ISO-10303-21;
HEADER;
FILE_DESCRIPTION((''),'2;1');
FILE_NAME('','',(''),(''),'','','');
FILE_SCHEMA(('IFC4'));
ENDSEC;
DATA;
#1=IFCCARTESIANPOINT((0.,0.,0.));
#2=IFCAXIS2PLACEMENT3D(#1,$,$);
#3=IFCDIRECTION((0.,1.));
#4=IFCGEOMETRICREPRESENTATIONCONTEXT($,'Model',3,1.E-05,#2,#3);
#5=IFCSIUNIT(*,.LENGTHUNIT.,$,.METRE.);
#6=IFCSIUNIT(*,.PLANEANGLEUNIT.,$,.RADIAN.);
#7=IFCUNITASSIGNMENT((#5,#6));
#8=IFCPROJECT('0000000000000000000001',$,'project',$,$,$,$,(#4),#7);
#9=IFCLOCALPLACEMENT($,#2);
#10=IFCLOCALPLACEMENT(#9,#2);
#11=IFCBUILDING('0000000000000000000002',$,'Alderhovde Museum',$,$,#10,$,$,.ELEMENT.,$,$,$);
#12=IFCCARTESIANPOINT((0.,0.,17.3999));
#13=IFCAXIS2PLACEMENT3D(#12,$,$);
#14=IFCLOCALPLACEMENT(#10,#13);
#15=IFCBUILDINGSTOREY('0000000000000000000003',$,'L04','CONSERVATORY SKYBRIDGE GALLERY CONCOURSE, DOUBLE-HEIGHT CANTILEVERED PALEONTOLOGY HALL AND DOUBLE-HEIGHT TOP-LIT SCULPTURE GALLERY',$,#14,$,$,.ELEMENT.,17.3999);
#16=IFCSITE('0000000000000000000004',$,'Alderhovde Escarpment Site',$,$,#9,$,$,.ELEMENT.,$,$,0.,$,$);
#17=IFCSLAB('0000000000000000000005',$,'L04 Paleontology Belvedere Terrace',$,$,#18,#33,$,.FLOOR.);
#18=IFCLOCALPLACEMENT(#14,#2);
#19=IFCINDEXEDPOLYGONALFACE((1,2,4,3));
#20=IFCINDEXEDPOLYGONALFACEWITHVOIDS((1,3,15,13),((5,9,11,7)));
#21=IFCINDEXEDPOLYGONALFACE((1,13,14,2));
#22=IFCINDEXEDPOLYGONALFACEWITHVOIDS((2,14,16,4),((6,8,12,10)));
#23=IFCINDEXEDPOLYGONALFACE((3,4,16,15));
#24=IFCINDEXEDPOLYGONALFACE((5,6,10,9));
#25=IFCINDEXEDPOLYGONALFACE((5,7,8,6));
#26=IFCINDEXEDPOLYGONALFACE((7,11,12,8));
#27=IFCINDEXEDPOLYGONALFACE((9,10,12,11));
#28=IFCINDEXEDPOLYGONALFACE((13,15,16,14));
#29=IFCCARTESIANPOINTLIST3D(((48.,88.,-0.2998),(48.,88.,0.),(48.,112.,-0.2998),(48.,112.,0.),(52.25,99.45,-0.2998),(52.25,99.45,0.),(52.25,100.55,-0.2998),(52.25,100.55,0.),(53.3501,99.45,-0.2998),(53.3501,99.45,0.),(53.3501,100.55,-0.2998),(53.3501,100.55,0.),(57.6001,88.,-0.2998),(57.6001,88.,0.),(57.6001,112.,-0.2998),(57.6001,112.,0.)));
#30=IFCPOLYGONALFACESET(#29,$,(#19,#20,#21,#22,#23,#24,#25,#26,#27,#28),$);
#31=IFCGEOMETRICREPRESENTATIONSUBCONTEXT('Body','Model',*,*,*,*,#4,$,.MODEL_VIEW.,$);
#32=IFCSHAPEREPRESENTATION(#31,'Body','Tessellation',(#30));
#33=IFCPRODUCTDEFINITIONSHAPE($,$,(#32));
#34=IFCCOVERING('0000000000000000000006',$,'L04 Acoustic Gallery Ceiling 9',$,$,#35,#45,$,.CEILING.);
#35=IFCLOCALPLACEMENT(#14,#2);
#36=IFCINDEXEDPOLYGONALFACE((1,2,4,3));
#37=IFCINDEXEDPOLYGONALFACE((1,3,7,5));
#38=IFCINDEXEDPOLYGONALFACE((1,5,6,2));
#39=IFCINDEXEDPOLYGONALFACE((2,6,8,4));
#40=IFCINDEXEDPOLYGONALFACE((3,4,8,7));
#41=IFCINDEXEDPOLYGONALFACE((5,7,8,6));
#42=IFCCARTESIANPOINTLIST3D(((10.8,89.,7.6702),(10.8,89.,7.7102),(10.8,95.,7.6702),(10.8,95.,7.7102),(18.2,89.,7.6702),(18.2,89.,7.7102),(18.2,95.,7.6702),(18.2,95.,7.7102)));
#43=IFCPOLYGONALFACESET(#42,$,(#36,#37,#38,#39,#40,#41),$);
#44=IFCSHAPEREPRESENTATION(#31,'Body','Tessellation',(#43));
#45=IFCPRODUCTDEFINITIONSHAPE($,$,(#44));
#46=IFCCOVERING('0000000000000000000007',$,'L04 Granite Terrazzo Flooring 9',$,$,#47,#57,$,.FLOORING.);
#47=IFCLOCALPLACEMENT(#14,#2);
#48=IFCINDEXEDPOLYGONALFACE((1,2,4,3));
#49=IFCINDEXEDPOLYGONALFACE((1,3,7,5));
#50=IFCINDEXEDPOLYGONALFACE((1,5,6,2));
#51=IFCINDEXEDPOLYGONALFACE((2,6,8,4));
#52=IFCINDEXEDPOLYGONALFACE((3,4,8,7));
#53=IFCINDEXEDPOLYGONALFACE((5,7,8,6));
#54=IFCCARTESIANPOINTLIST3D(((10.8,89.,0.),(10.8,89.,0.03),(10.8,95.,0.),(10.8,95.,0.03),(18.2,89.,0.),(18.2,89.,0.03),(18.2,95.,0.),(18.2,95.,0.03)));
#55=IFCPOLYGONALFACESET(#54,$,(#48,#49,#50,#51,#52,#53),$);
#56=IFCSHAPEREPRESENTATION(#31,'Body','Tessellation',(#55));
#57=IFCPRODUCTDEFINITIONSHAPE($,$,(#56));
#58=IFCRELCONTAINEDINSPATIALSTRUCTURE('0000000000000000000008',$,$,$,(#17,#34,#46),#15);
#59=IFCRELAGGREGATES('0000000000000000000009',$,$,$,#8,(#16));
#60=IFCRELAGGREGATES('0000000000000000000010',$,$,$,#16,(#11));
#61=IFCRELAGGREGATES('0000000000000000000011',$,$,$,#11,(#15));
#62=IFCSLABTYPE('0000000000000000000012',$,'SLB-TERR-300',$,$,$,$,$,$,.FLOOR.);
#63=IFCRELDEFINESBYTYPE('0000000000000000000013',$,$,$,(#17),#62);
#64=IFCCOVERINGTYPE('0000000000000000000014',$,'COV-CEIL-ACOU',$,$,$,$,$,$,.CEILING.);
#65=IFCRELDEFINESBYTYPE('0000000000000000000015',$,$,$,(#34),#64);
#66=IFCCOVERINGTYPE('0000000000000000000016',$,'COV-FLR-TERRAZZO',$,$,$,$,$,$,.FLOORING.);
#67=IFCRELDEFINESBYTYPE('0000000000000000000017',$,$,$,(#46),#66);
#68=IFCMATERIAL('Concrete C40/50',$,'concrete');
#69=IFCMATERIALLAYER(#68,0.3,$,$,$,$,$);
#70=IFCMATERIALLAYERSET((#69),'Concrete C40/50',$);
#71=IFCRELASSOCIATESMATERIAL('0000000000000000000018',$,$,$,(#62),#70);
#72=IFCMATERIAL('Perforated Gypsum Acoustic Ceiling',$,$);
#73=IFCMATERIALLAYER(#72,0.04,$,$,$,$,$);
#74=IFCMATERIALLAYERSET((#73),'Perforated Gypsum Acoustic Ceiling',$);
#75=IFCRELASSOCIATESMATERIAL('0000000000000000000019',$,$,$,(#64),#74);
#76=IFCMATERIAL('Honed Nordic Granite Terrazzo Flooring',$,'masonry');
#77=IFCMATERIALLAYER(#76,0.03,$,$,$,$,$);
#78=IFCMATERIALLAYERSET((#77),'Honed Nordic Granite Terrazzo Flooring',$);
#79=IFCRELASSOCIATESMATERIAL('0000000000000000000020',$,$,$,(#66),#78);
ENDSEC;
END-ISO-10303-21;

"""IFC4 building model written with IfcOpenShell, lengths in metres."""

from ifc_helpers import new_model, si_unit, direction, frame, origin, place, context, subcontext, project, spatial, polyline, outline, extrude, material, layer, layer_set, type_object, element, save


model = new_model("IFC4")

# Units and contexts
model_context = context("Model", 3, precision=1e-05, world=origin(), true_north=direction((0.0, 1.0)))
body_context = subcontext(model_context, "Body", "Model", "MODEL_VIEW")
ifc_project = project(units=[si_unit("LENGTHUNIT", "METRE"), si_unit("PLANEANGLEUNIT", "RADIAN")], contexts=[model_context])

# Site, building, storey
site_placement = place(None, origin())
site = spatial("IfcSite", under=ifc_project, at=site_placement, Name="Alderhovde Escarpment Site", CompositionType="ELEMENT", RefElevation=0.0)
building_placement = place(site_placement, origin())
building = spatial("IfcBuilding", under=site, at=building_placement, Name="Alderhovde Museum", CompositionType="ELEMENT")
storey_placement = place(building_placement, frame((0.0, 0.0, 17.3999)))
storey = spatial("IfcBuildingStorey", under=building, at=storey_placement, Name="L04", Description="CONSERVATORY SKYBRIDGE GALLERY CONCOURSE, DOUBLE-HEIGHT CANTILEVERED PALEONTOLOGY HALL AND DOUBLE-HEIGHT TOP-LIT SCULPTURE GALLERY", CompositionType="ELEMENT", Elevation=17.3999)

# Slab
ifc_material_1 = material(Name="Concrete C40/50", Category="concrete")
ifc_layer_1 = layer(ifc_material_1, 0.3)
ifc_layer_set_1 = layer_set([ifc_layer_1], Name="Concrete C40/50")
slab_type_1 = type_object("IfcSlabType", Name="SLB-TERR-300", PredefinedType="FLOOR", material=ifc_layer_set_1)
slab_1_placement = place(storey_placement, frame((0.0, 0.0, -0.2998)))
element("IfcSlab", 1, at=slab_1_placement, inside=storey, type_object=slab_type_1, Name="L04 Paleontology Belvedere Terrace", PredefinedType="FLOOR", context=body_context, shape_type="SweptSolid", body=[
    extrude(outline(polyline([(48.0, 88.0), (57.6001, 88.0), (57.6001, 112.0), (48.0, 112.0), (48.0, 88.0)]), holes=[polyline([(52.25, 99.45), (53.3501, 99.45), (53.3501, 100.55), (52.25, 100.55), (52.25, 99.45)])]), origin(), (0.0, 0.0, 1.0), 0.2998),
])

# Coverings
ifc_material_2 = material(Name="Perforated Gypsum Acoustic Ceiling")
ifc_layer_2 = layer(ifc_material_2, 0.04)
ifc_layer_set_2 = layer_set([ifc_layer_2], Name="Perforated Gypsum Acoustic Ceiling")
covering_type_1 = type_object("IfcCoveringType", Name="COV-CEIL-ACOU", PredefinedType="CEILING", material=ifc_layer_set_2)
covering_1_placement = place(storey_placement, frame((0.0, 0.0, 7.6702)))
element("IfcCovering", 2, at=covering_1_placement, inside=storey, type_object=covering_type_1, Name="L04 Acoustic Gallery Ceiling 9", PredefinedType="CEILING", context=body_context, shape_type="SweptSolid", body=[
    extrude(outline(polyline([(10.8, 89.0), (18.2, 89.0), (18.2, 95.0), (10.8, 95.0), (10.8, 89.0)])), origin(), (0.0, 0.0, 1.0), 0.04),
])
ifc_material_3 = material(Name="Honed Nordic Granite Terrazzo Flooring", Category="masonry")
ifc_layer_3 = layer(ifc_material_3, 0.03)
ifc_layer_set_3 = layer_set([ifc_layer_3], Name="Honed Nordic Granite Terrazzo Flooring")
covering_type_2 = type_object("IfcCoveringType", Name="COV-FLR-TERRAZZO", PredefinedType="FLOORING", material=ifc_layer_set_3)
covering_2_placement = place(storey_placement, origin())
element("IfcCovering", 3, at=covering_2_placement, inside=storey, type_object=covering_type_2, Name="L04 Granite Terrazzo Flooring 9", PredefinedType="FLOORING", context=body_context, shape_type="SweptSolid", body=[
    extrude(outline(polyline([(10.8, 89.0), (18.2, 89.0), (18.2, 95.0), (10.8, 95.0), (10.8, 89.0)])), origin(), (0.0, 0.0, 1.0), 0.03),
])

save(model, "model.ifc")
